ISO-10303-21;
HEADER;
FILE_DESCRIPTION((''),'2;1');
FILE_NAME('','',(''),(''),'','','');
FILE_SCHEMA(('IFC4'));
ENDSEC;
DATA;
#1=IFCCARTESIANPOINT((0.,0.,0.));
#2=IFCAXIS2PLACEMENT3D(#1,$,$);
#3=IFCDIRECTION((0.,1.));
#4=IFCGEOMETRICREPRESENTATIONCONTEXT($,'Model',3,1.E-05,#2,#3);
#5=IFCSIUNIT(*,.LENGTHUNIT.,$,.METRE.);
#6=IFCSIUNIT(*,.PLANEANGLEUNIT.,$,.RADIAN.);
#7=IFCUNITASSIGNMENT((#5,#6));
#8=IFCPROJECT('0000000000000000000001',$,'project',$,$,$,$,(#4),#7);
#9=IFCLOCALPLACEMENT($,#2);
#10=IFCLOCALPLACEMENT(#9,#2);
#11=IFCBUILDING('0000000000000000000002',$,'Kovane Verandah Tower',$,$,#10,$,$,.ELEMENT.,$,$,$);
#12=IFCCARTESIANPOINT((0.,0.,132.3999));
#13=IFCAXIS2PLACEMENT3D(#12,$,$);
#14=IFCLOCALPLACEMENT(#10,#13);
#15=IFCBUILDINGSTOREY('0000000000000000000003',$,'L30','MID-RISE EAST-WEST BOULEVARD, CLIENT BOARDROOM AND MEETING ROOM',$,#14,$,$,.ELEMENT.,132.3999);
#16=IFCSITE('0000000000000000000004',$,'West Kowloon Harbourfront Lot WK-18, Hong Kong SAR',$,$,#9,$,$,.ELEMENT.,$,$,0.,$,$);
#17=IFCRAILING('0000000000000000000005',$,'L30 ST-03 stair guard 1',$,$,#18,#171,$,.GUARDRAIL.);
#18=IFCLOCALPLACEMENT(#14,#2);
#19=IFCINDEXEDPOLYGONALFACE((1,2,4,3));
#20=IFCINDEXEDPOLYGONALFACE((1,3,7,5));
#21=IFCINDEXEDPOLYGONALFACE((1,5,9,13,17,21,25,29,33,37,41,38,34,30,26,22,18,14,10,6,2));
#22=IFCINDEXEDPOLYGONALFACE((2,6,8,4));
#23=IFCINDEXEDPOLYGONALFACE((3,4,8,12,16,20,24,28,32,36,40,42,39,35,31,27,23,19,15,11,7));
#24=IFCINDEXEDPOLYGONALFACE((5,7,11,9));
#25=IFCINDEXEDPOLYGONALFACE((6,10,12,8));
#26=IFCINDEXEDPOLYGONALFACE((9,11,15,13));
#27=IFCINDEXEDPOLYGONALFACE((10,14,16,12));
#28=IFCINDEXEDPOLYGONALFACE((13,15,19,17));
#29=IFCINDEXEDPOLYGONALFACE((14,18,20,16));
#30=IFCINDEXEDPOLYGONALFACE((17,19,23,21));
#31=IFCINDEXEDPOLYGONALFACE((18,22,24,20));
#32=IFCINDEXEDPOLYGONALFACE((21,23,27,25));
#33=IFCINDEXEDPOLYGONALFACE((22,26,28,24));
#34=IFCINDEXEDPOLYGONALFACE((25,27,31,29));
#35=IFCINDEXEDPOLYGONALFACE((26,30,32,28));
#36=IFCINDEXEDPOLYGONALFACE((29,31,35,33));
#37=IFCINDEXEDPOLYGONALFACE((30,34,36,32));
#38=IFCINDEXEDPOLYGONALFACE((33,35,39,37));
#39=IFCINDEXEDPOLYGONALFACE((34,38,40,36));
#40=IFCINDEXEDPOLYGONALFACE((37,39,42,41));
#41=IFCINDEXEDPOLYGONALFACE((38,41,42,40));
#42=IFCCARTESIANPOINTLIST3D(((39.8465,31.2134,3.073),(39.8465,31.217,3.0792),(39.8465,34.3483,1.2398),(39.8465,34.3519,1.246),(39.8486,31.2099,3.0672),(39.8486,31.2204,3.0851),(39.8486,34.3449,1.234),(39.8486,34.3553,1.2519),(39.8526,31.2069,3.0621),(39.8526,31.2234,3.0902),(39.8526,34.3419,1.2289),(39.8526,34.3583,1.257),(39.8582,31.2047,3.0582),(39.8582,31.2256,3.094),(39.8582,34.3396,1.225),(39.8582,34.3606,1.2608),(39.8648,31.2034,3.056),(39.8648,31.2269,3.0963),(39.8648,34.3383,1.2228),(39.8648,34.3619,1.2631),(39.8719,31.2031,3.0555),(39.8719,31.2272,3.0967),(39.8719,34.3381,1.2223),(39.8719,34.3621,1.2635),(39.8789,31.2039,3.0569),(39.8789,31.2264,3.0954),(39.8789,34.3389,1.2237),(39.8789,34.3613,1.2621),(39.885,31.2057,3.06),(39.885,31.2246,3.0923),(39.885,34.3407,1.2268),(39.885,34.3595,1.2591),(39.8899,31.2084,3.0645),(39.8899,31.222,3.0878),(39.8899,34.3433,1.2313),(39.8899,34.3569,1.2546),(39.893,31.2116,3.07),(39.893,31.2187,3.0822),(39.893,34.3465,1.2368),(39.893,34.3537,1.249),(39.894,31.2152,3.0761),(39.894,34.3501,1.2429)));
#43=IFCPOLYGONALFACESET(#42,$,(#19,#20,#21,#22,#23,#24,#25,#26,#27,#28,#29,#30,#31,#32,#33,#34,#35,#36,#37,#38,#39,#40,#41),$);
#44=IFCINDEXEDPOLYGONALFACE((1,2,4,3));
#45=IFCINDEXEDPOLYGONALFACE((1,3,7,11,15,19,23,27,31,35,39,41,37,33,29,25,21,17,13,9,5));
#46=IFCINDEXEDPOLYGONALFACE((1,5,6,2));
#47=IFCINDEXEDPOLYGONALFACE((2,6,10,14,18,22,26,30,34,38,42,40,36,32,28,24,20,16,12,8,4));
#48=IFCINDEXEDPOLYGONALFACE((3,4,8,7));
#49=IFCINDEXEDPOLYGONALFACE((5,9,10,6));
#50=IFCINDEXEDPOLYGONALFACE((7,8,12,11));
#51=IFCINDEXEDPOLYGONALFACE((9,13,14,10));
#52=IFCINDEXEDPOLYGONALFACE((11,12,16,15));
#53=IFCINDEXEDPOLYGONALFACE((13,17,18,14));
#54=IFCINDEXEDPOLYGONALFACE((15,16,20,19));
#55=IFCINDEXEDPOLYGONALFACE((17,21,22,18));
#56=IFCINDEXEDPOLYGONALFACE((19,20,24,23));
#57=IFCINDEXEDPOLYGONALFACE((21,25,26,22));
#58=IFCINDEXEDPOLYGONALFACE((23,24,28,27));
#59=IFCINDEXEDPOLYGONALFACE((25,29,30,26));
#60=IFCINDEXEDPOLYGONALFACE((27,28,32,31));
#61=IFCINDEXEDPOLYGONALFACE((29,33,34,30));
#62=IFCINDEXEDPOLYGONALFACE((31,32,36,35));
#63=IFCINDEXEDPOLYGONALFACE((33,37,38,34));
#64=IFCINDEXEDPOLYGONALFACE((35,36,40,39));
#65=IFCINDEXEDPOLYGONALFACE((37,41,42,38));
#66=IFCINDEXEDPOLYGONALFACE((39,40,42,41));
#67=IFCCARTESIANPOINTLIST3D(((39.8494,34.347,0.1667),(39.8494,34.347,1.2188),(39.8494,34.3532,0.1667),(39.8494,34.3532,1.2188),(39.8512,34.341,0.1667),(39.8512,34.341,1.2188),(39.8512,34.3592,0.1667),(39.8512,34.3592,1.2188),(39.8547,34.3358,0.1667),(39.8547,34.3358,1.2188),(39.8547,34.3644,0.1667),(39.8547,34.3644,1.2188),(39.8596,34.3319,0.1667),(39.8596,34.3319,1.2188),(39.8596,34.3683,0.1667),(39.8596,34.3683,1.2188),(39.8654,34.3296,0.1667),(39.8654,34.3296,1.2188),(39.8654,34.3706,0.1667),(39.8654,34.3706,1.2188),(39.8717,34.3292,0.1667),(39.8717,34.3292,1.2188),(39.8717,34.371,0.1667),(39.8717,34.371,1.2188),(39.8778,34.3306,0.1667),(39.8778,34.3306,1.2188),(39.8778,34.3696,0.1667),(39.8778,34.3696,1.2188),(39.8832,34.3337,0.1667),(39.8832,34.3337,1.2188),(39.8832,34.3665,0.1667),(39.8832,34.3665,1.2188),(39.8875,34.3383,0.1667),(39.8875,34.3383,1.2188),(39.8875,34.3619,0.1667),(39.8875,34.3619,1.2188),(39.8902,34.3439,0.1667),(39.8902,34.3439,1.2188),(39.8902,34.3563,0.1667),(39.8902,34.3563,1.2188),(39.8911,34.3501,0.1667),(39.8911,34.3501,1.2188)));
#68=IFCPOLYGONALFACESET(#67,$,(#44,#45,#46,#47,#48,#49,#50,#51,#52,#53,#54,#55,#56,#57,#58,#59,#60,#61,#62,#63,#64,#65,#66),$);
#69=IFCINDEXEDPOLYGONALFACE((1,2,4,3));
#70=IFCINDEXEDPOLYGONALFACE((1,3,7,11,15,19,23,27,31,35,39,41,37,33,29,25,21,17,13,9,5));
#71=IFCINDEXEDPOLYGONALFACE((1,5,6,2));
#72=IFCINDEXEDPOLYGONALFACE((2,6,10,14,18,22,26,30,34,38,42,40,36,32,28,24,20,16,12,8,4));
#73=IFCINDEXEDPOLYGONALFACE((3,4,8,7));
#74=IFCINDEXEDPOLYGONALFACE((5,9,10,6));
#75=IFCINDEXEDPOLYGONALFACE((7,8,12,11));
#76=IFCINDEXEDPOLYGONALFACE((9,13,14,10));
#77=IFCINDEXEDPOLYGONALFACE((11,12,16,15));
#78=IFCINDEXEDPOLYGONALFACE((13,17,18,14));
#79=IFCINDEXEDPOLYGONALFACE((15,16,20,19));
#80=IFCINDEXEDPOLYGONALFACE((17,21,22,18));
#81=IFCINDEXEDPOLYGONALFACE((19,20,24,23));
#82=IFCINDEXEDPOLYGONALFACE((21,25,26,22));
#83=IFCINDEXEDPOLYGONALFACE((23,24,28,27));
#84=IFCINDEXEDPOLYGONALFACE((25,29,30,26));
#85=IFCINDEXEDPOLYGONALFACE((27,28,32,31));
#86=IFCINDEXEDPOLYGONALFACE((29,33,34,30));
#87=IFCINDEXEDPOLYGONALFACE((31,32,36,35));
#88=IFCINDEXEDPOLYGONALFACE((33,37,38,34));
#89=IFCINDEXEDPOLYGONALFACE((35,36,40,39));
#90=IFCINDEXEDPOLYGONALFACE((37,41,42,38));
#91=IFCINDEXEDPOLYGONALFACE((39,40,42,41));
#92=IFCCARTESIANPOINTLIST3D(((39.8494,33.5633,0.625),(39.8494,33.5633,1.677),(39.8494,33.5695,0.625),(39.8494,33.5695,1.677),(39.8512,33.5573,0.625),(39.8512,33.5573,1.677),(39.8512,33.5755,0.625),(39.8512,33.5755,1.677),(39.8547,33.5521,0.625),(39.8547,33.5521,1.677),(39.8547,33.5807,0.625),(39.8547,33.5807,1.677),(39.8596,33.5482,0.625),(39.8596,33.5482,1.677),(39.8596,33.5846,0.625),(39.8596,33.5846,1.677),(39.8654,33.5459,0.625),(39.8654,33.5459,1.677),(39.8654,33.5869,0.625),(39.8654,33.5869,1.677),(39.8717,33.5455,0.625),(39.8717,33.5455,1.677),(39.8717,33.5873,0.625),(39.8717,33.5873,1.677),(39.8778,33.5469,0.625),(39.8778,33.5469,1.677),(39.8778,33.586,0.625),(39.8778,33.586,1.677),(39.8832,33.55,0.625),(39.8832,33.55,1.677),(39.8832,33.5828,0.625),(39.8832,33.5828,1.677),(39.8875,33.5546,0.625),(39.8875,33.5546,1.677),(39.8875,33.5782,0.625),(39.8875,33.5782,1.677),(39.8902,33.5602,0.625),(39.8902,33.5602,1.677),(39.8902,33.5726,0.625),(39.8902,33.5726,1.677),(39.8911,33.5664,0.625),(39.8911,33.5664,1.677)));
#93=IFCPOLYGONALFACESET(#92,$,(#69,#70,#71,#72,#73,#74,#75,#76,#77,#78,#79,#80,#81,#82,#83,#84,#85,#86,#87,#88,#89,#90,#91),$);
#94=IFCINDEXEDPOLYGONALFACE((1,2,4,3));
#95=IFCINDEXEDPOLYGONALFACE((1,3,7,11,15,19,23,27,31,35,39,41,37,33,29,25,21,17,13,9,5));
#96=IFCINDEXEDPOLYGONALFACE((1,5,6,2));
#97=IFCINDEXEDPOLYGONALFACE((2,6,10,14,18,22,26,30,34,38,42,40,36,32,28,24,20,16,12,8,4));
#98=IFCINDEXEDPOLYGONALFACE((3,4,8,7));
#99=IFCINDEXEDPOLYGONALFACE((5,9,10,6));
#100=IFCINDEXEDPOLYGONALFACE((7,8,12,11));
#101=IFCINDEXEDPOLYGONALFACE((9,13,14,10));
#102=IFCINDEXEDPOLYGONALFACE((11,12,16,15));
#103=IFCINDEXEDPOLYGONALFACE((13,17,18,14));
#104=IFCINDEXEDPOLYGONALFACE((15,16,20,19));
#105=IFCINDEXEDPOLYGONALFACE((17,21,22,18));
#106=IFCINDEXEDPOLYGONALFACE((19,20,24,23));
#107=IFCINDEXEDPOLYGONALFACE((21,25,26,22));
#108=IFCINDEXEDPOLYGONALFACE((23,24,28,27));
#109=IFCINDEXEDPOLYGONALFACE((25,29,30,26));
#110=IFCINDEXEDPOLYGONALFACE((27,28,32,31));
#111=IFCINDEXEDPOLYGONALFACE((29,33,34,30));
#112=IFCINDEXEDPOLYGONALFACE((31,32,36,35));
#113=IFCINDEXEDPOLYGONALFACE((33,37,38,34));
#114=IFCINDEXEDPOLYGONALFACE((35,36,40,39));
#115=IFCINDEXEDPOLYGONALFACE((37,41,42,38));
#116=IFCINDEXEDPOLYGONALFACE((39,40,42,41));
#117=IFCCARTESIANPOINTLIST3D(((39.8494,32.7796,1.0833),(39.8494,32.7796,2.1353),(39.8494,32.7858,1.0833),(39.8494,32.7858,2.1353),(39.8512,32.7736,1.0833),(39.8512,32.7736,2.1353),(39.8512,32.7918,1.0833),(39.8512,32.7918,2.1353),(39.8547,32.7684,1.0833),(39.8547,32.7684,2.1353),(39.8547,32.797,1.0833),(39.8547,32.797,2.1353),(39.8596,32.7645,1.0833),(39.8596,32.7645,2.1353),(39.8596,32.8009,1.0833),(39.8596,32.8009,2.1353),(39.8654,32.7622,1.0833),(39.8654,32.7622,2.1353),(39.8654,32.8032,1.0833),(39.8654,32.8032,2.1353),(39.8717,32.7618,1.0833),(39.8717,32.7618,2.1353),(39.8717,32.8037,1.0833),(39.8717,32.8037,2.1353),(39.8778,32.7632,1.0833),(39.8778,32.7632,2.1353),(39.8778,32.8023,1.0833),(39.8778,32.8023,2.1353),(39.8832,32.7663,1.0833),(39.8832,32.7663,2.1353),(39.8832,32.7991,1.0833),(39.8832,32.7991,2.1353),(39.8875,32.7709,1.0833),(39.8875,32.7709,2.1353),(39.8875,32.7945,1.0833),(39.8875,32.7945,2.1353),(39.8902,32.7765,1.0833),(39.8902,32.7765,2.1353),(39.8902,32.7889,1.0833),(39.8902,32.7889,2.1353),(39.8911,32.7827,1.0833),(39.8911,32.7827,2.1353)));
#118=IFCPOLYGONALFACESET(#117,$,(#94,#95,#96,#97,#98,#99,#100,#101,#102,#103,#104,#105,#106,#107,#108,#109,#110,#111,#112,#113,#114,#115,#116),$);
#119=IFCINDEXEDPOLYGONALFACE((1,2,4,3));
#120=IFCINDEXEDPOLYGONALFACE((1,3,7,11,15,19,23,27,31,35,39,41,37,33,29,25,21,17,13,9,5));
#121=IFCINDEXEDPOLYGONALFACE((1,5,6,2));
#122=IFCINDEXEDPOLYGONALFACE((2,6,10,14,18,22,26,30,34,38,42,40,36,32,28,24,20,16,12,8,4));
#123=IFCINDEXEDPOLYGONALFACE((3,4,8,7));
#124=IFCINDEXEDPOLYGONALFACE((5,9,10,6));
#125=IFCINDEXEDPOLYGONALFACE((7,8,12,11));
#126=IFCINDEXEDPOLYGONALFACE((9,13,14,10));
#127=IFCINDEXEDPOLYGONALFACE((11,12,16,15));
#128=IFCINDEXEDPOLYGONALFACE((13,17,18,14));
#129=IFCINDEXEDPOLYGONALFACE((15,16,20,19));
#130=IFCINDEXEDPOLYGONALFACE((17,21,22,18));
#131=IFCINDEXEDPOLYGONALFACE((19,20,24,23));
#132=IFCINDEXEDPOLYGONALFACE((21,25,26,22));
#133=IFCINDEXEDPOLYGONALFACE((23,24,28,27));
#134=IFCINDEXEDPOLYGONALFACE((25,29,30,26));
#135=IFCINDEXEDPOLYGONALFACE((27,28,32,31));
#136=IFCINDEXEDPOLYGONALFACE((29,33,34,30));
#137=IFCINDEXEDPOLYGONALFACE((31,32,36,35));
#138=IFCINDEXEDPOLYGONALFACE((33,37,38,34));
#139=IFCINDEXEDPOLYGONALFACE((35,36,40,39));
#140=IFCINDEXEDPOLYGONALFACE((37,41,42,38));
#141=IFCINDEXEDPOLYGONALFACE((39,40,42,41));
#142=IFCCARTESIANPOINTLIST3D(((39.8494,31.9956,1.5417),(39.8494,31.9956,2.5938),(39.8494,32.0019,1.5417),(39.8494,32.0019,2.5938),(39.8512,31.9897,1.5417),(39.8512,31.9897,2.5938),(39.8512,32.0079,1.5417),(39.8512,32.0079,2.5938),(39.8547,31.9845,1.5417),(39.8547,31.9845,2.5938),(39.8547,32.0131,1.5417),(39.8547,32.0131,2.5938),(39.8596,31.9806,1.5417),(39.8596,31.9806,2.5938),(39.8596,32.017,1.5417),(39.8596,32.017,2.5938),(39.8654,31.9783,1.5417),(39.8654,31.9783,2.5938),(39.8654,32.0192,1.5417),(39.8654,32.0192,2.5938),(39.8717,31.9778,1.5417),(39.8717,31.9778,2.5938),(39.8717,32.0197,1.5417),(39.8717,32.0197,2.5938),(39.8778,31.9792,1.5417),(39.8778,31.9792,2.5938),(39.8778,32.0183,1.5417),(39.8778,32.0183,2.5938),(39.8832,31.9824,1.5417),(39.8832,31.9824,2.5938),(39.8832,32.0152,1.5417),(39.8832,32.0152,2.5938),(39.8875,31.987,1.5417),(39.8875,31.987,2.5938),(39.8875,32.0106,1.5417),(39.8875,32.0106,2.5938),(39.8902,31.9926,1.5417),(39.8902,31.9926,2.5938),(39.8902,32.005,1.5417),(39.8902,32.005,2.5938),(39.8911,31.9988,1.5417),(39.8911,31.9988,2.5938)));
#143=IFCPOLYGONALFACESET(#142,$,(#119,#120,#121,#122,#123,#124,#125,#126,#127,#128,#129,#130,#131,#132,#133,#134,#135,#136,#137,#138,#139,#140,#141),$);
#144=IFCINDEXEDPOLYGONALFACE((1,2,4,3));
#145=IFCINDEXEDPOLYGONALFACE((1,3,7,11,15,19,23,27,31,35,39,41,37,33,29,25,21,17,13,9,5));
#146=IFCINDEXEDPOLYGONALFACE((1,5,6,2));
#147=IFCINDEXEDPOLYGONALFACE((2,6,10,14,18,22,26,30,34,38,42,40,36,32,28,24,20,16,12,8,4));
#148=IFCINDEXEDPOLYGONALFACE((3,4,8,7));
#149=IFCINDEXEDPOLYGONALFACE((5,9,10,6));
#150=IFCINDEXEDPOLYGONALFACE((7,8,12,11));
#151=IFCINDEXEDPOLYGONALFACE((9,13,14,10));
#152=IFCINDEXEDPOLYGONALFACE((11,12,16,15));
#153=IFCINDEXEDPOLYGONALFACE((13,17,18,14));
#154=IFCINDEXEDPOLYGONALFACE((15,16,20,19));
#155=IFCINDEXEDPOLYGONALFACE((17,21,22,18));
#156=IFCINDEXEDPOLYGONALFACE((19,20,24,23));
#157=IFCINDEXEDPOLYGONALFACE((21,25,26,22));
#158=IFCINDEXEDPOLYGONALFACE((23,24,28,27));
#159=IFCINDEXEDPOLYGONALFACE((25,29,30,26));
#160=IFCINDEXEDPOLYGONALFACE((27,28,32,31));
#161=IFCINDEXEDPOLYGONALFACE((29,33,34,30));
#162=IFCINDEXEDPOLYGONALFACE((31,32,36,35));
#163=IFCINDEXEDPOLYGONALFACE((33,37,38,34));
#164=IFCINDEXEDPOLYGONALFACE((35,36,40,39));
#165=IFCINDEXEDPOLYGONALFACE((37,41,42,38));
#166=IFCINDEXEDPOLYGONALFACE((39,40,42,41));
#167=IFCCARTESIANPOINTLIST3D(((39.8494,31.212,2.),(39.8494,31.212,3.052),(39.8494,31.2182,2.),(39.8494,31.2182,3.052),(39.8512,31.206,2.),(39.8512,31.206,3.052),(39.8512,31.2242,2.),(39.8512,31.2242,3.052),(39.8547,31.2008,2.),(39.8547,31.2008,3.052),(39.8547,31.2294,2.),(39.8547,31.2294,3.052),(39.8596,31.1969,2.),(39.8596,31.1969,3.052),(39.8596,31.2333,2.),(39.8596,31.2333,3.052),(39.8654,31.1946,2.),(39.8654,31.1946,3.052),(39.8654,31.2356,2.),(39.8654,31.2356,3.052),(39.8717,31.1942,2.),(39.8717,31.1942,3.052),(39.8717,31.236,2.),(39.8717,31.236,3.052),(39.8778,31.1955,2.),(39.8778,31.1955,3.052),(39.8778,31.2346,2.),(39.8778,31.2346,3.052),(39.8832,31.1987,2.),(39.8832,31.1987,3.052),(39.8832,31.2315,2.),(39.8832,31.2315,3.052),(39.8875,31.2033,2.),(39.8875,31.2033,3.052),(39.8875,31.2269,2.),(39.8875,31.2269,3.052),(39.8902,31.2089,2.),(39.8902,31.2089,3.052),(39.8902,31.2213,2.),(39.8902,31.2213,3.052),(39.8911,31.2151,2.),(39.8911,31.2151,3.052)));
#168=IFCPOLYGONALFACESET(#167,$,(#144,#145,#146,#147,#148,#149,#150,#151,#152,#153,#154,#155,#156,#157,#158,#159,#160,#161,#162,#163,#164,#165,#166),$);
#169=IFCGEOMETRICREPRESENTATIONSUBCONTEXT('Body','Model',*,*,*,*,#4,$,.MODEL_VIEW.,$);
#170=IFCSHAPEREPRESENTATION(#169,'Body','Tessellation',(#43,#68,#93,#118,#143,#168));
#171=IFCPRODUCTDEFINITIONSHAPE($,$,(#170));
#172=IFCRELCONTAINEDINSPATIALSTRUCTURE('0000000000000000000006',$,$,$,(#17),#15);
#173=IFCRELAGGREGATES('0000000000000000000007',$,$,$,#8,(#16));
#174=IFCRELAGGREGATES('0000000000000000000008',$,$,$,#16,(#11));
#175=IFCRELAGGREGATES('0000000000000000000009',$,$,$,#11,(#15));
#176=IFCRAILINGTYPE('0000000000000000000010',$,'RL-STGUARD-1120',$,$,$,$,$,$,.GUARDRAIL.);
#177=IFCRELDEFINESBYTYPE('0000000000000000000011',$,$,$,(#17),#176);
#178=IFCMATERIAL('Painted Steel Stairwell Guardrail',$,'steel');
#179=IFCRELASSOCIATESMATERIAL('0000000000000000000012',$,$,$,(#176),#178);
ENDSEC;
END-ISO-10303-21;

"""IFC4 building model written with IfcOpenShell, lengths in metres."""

from ifc_helpers import new_model, si_unit, direction, frame, origin, origin_2d, place, context, subcontext, project, spatial, circle, extrude, material, type_object, element, save


model = new_model("IFC4")

# Units and contexts
model_context = context("Model", 3, precision=1e-05, world=origin(), true_north=direction((0.0, 1.0)))
body_context = subcontext(model_context, "Body", "Model", "MODEL_VIEW")
ifc_project = project(units=[si_unit("LENGTHUNIT", "METRE"), si_unit("PLANEANGLEUNIT", "RADIAN")], contexts=[model_context])

# Site, building, storey
site_placement = place(None, origin())
site = spatial("IfcSite", under=ifc_project, at=site_placement, Name="West Kowloon Harbourfront Lot WK-18, Hong Kong SAR", CompositionType="ELEMENT", RefElevation=0.0)
building_placement = place(site_placement, origin())
building = spatial("IfcBuilding", under=site, at=building_placement, Name="Kovane Verandah Tower", CompositionType="ELEMENT")
storey_placement = place(building_placement, frame((0.0, 0.0, 132.3999)))
storey = spatial("IfcBuildingStorey", under=building, at=storey_placement, Name="L30", Description="MID-RISE EAST-WEST BOULEVARD, CLIENT BOARDROOM AND MEETING ROOM", CompositionType="ELEMENT", Elevation=132.3999)

# Railing
ifc_material_1 = material(Name="Painted Steel Stairwell Guardrail", Category="steel")
railing_type_1 = type_object("IfcRailingType", Name="RL-STGUARD-1120", PredefinedType="GUARDRAIL", material=ifc_material_1)
railing_1_placement = place(storey_placement, frame((39.8701, 34.3501, 0.1667)))
element("IfcRailing", 1, at=railing_1_placement, inside=storey, type_object=railing_type_1, Name="L30 ST-03 stair guard 1", PredefinedType="GUARDRAIL", context=body_context, shape_type="SweptSolid", body=[
    extrude(circle(Radius=0.0239, at=origin_2d()), frame((0.0, 0.0, 1.0762), z_axis=(0.0, -0.86324, 0.504794), x_axis=(1.0, 0.0, 0.0)), (0.0, 0.0, 1.0), 3.6316),
    extrude(circle(Radius=0.021, at=origin_2d()), origin(), (0.0, 0.0, 1.0), 1.052),
    extrude(circle(Radius=0.021, at=origin_2d()), frame((0.0, -0.7837, 0.4583)), (0.0, 0.0, 1.0), 1.052),
    extrude(circle(Radius=0.021, at=origin_2d()), frame((0.0, -1.5674, 0.9165)), (0.0, 0.0, 1.0), 1.052),
    extrude(circle(Radius=0.021, at=origin_2d()), frame((0.0, -2.3513, 1.375)), (0.0, 0.0, 1.0), 1.052),
    extrude(circle(Radius=0.021, at=origin_2d()), frame((0.0, -3.135, 1.8333)), (0.0, 0.0, 1.0), 1.052),
])

save(model, "model.ifc")
